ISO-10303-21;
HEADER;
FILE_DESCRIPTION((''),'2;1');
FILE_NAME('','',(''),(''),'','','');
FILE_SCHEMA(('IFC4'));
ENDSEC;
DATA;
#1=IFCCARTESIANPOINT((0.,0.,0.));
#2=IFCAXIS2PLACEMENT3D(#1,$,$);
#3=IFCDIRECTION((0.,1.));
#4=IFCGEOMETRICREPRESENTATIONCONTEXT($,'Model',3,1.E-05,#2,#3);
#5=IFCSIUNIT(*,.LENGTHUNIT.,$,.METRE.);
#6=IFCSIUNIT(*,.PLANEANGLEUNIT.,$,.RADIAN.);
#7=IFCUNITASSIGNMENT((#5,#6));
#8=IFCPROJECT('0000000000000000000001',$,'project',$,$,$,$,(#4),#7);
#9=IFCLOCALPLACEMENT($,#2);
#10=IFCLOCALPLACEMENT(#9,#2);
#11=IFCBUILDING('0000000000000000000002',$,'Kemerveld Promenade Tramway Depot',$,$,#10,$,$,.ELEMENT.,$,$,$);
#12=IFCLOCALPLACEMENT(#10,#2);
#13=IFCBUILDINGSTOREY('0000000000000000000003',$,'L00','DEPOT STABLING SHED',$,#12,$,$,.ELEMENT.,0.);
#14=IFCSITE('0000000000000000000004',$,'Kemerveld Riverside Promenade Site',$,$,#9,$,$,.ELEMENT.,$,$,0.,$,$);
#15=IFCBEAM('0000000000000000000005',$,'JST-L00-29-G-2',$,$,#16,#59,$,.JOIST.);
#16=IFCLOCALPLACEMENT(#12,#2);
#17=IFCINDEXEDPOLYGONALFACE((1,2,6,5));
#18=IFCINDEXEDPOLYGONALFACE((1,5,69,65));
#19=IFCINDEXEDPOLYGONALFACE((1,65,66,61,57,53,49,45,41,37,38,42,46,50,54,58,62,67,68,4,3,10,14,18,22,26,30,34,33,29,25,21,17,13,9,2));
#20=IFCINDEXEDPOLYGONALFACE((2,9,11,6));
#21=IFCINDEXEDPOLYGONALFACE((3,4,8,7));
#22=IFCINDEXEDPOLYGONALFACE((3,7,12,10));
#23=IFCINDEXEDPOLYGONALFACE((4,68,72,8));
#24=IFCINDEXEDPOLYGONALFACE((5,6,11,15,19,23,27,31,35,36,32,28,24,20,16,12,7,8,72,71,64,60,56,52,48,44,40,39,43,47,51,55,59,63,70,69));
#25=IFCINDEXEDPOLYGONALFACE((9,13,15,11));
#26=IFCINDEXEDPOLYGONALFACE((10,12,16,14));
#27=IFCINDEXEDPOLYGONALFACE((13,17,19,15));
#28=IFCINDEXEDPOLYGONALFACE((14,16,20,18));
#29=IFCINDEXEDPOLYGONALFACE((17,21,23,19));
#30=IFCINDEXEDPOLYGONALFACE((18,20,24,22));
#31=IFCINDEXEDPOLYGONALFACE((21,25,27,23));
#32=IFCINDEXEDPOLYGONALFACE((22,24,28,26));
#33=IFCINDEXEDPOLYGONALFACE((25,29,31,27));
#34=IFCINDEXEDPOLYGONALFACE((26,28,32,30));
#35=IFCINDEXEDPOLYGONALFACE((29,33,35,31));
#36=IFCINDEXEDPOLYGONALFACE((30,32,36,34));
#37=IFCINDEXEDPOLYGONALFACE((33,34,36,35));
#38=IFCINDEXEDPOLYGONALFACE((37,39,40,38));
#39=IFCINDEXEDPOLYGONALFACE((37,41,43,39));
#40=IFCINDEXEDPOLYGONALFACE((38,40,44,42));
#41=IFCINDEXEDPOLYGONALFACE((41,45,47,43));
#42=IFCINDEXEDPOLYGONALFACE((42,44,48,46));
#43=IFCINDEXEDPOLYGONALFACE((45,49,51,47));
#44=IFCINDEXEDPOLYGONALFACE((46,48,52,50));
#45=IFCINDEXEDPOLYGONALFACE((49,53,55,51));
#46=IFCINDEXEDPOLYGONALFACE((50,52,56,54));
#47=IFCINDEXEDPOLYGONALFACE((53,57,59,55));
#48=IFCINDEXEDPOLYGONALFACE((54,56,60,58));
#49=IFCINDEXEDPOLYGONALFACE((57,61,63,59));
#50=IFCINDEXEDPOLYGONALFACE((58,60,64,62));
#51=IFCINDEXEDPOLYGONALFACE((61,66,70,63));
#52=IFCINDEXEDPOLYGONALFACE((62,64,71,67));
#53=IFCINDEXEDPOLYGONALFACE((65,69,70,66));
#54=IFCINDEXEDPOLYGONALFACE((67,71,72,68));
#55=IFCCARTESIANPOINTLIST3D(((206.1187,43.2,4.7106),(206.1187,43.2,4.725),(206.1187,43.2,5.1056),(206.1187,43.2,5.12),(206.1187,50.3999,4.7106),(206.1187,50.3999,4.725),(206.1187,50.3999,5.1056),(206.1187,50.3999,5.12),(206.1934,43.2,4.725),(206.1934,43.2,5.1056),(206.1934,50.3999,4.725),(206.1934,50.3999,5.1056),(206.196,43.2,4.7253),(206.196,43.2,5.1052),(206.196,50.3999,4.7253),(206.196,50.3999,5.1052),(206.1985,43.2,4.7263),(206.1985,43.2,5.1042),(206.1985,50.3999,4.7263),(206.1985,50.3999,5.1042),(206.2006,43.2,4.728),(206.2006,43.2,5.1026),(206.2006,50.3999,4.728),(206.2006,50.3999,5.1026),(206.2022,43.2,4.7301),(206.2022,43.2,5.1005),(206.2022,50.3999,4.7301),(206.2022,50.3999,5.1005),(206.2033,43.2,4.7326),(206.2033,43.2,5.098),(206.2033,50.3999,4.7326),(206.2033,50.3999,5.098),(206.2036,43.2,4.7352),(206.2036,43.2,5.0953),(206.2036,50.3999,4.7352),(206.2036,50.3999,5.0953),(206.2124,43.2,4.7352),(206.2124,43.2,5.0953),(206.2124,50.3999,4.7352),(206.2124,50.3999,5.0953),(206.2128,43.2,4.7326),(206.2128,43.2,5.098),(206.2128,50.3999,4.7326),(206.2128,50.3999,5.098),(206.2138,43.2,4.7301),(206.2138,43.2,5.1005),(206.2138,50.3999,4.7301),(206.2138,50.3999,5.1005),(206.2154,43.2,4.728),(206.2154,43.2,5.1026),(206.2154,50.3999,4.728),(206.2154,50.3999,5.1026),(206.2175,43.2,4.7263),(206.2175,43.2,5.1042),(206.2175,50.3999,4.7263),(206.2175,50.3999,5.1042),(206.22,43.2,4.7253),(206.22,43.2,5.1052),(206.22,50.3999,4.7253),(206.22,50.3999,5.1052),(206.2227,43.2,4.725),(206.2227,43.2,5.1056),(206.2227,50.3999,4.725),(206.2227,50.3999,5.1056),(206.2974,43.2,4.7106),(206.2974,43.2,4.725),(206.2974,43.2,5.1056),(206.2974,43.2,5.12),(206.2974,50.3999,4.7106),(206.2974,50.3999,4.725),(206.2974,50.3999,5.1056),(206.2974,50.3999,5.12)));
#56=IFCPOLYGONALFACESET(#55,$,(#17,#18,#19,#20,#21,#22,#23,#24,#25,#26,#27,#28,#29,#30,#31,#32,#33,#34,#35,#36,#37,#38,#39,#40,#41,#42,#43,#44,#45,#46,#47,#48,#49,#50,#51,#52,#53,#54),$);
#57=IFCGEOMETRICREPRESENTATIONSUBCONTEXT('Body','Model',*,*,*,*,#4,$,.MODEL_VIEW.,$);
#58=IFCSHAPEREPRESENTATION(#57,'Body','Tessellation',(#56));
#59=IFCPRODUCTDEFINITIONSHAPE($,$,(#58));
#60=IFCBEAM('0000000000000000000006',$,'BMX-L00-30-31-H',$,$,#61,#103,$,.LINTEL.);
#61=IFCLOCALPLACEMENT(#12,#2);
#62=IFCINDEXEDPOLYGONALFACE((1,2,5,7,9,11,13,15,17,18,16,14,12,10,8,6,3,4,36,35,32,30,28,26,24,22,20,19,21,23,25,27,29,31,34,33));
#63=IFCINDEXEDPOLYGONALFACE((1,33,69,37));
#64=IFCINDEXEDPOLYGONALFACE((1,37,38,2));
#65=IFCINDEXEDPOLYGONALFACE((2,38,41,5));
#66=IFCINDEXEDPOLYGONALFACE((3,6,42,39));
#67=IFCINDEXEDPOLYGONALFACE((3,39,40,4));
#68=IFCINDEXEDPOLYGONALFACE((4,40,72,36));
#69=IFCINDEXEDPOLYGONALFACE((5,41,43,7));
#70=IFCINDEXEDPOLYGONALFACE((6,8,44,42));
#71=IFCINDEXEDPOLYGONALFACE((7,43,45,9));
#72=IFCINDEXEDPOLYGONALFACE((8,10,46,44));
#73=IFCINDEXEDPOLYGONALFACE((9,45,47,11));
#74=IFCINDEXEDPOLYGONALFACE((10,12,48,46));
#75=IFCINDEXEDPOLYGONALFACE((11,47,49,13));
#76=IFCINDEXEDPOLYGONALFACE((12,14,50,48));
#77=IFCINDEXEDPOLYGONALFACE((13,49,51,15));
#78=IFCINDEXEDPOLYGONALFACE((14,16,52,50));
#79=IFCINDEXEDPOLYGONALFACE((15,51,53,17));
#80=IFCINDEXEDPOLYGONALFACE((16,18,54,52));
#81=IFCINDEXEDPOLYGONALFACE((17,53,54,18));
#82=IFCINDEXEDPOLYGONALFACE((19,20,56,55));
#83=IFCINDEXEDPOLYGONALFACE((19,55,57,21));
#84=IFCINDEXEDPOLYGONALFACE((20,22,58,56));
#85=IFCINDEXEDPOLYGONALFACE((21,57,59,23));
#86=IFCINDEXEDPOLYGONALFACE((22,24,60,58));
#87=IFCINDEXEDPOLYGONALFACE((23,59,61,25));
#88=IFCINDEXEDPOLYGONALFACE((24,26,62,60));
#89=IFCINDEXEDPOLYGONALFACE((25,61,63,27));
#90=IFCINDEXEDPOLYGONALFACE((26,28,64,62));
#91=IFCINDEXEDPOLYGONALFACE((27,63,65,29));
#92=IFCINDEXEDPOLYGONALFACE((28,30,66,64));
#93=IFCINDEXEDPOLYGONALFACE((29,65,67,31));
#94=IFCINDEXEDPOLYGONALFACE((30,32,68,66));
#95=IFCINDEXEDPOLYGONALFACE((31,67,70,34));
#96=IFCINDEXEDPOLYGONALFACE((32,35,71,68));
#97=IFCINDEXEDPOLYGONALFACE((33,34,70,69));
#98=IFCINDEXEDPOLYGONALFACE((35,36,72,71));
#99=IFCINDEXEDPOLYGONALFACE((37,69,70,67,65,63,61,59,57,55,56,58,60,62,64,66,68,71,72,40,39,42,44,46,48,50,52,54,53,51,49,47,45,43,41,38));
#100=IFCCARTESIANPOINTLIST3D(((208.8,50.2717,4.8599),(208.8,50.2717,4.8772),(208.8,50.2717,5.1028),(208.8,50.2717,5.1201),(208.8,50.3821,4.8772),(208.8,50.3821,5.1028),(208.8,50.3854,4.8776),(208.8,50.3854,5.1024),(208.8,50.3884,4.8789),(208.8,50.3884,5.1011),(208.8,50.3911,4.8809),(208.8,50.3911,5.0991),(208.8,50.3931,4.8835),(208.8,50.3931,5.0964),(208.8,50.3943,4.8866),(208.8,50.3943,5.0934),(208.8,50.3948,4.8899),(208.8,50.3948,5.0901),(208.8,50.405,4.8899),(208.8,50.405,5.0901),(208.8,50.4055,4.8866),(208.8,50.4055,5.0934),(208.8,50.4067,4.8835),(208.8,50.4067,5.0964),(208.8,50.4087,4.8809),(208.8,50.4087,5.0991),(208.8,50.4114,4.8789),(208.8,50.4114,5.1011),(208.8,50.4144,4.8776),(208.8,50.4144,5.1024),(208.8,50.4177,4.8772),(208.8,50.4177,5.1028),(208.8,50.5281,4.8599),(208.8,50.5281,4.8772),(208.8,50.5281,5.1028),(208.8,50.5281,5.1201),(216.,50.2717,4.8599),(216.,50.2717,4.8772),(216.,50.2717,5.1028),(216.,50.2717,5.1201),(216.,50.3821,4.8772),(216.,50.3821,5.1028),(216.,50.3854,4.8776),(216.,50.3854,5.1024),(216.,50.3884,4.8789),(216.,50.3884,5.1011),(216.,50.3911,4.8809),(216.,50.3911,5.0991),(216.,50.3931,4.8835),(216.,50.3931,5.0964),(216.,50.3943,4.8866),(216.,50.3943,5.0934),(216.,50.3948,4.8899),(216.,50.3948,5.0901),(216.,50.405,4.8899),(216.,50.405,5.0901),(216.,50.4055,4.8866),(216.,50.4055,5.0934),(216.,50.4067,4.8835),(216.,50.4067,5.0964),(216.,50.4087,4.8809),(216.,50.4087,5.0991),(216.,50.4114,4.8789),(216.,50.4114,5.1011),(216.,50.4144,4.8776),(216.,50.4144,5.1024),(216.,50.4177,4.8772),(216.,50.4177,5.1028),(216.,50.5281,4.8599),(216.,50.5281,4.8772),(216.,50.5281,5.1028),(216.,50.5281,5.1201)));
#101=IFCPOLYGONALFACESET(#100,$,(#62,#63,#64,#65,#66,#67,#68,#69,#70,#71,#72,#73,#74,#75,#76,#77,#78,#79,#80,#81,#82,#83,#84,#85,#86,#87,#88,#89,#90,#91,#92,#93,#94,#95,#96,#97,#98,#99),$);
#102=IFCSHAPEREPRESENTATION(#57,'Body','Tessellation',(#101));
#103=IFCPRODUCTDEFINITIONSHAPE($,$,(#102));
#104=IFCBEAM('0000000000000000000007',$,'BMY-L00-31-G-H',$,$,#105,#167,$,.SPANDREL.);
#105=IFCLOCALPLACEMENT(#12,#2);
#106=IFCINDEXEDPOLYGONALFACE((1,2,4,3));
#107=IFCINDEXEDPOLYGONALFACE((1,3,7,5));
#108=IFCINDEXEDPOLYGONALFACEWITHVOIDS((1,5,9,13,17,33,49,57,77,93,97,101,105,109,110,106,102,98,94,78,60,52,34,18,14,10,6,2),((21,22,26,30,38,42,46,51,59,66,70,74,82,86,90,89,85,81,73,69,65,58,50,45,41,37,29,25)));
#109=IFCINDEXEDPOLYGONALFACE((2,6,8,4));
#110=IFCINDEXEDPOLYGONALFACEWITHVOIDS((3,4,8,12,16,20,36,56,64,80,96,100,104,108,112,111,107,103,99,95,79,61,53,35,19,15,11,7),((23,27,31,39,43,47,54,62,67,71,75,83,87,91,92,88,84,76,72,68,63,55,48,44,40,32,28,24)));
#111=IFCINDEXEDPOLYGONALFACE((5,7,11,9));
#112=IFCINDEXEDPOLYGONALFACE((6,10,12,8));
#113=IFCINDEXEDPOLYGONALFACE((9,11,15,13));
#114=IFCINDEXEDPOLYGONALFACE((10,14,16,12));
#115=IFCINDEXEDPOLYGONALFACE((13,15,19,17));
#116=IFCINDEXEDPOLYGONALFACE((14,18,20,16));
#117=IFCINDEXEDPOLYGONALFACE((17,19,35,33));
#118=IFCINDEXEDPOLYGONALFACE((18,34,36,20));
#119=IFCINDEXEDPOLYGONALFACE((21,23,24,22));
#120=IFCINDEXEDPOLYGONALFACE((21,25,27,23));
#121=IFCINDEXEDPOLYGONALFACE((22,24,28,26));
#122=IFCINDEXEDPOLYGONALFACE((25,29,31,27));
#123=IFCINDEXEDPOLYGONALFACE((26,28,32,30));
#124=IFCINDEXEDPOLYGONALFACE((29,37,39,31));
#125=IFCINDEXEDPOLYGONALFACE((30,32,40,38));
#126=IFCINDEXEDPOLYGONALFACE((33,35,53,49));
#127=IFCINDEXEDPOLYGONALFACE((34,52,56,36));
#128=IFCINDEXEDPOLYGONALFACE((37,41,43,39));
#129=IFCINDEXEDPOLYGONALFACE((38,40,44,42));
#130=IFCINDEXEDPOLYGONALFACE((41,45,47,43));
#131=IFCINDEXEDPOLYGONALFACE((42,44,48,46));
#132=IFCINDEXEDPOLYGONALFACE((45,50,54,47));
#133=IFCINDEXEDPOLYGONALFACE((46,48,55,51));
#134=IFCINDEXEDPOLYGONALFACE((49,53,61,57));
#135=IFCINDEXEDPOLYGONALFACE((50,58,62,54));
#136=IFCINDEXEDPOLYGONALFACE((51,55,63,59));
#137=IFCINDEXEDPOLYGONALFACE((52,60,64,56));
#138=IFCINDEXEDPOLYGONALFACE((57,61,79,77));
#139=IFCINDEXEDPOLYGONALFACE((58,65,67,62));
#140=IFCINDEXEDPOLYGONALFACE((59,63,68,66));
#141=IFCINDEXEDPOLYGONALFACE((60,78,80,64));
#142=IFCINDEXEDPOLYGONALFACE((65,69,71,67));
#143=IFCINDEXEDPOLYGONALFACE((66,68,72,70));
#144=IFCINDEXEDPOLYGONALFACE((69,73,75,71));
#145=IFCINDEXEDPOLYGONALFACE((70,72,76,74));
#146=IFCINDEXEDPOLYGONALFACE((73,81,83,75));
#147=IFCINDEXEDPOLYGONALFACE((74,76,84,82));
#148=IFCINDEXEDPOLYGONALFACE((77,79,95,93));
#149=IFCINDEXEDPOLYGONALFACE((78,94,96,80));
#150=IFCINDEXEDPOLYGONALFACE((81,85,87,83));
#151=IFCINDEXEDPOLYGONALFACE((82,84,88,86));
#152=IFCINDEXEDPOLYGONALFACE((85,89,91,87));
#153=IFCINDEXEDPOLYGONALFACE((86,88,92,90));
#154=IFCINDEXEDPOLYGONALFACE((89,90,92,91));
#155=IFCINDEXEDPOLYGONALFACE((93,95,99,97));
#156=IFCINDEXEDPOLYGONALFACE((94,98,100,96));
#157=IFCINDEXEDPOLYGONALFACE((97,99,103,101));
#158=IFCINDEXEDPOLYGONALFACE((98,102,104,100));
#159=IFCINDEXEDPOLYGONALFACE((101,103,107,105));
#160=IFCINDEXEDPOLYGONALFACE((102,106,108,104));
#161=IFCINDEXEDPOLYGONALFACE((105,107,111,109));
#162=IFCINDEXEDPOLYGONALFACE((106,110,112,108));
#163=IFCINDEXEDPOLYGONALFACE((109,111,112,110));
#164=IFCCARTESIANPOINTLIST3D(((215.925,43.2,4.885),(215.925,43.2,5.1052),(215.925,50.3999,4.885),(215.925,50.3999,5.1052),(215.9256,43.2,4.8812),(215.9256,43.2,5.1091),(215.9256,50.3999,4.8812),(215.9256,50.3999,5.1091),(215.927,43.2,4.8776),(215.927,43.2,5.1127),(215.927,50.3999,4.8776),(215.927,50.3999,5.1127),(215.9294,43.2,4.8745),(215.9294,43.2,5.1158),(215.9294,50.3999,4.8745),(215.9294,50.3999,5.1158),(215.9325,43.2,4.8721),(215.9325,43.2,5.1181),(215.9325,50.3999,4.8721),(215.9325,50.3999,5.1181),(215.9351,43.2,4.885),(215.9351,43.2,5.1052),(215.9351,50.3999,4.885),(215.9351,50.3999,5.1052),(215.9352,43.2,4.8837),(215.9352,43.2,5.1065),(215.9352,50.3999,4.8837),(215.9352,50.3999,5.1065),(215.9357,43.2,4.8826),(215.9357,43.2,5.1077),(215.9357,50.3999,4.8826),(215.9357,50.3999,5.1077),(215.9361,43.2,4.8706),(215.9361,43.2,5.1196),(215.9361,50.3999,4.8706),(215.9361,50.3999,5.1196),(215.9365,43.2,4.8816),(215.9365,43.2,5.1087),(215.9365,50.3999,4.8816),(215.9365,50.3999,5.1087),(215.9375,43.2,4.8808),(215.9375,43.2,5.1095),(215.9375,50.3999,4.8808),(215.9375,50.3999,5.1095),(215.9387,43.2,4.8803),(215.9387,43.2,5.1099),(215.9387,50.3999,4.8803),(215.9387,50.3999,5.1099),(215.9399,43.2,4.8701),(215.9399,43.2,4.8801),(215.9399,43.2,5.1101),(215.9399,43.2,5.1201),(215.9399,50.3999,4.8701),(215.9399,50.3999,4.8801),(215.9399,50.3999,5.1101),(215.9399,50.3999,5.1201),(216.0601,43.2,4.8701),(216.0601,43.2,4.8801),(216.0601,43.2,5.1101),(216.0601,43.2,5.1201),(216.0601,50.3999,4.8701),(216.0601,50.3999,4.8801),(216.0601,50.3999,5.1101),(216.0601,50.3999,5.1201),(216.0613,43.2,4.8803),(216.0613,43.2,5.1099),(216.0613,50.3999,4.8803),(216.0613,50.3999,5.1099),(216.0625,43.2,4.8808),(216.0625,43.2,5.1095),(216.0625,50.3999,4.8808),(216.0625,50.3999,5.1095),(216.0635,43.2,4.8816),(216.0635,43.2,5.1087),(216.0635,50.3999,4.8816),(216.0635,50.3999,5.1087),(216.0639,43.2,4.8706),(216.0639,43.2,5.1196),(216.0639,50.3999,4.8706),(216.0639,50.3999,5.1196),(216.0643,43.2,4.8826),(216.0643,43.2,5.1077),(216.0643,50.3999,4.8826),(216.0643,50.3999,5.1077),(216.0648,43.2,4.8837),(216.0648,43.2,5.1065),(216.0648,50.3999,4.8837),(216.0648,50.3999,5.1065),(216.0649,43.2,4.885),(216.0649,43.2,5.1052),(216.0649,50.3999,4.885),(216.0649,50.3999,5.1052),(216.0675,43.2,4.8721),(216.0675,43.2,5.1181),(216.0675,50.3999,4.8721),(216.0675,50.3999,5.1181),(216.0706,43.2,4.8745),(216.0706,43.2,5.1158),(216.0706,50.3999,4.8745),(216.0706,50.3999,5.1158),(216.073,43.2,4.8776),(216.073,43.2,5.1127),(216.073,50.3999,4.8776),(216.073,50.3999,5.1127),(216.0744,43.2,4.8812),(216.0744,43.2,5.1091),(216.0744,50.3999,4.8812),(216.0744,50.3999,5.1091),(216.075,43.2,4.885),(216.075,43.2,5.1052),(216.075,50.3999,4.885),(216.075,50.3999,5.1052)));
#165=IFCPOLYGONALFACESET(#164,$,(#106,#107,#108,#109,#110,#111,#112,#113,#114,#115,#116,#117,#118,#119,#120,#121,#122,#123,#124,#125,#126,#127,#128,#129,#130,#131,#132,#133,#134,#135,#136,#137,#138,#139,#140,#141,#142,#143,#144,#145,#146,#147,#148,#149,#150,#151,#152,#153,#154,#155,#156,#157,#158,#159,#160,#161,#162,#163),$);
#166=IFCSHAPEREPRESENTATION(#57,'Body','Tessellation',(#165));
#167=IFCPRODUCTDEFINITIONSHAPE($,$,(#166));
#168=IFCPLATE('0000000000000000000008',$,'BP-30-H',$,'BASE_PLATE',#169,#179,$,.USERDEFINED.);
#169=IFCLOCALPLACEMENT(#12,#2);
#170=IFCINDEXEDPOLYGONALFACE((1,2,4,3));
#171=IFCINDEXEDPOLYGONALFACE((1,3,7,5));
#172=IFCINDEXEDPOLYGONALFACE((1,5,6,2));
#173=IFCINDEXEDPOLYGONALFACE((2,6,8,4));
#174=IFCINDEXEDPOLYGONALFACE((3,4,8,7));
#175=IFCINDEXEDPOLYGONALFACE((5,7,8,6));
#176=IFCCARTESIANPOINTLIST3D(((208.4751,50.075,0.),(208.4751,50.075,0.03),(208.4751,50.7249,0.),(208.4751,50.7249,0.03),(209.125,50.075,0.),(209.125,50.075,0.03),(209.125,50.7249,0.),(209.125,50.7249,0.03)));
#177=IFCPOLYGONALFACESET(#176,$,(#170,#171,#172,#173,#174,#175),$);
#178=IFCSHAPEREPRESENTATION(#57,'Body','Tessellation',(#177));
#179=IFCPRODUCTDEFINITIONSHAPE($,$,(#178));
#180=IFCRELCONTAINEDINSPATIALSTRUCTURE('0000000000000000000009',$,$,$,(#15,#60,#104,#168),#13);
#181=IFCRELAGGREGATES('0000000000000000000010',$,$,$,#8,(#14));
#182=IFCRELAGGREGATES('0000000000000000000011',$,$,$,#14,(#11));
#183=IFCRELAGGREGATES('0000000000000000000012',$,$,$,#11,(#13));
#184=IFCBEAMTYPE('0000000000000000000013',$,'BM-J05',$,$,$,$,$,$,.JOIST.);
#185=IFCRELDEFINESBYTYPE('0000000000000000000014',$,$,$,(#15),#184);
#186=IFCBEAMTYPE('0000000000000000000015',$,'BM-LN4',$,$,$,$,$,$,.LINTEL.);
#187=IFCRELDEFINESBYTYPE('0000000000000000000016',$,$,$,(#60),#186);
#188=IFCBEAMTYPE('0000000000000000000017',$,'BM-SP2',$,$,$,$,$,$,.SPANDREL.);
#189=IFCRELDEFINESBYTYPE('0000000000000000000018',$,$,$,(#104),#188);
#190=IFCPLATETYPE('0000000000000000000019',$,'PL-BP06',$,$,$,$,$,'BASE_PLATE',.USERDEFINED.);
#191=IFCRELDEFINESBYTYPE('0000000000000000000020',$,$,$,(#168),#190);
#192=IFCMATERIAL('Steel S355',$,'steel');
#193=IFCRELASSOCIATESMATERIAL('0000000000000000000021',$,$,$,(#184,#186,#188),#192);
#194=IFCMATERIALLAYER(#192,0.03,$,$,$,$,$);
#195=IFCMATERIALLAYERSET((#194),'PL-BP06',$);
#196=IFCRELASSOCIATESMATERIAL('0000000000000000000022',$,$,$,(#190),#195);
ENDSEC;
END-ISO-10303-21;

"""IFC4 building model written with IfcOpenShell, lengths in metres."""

from ifc_helpers import new_model, si_unit, direction, frame, origin, origin_2d, place, context, subcontext, project, spatial, rectangle, hollow_rectangle, i_section, extrude, material, layer, layer_set, material_profile, profile_set, type_object, element, save


model = new_model("IFC4")

# Units and contexts
model_context = context("Model", 3, precision=1e-05, world=origin(), true_north=direction((0.0, 1.0)))
body_context = subcontext(model_context, "Body", "Model", "MODEL_VIEW")
ifc_project = project(units=[si_unit("LENGTHUNIT", "METRE"), si_unit("PLANEANGLEUNIT", "RADIAN")], contexts=[model_context])

# Site, building, storey
site_placement = place(None, origin())
site = spatial("IfcSite", under=ifc_project, at=site_placement, Name="Kemerveld Riverside Promenade Site", CompositionType="ELEMENT", RefElevation=0.0)
building_placement = place(site_placement, origin())
building = spatial("IfcBuilding", under=site, at=building_placement, Name="Kemerveld Promenade Tramway Depot", CompositionType="ELEMENT")
storey_placement = place(building_placement, origin())
storey = spatial("IfcBuildingStorey", under=building, at=storey_placement, Name="L00", Description="DEPOT STABLING SHED", CompositionType="ELEMENT", Elevation=0.0)

# Shared definitions
ifc_material_1 = material(Name="Steel S355", Category="steel")

# Beams
ifc_material_profile_1 = material_profile(ifc_material_1, i_section(OverallWidth=0.1787, OverallDepth=0.4094, WebThickness=0.0088, FlangeThickness=0.0144, FilletRadius=0.0103, at=origin_2d()), Name="406x178x67 UB")
ifc_profile_set_1 = profile_set([ifc_material_profile_1], Name="Steel S355")
beam_type_1 = type_object("IfcBeamType", Name="BM-J05", PredefinedType="JOIST", material=ifc_profile_set_1)
beam_1_placement = place(storey_placement, frame((206.208, 43.2, 4.9153), z_axis=(0.0, 1.0, 0.0), x_axis=(-1.0, 0.0, 0.0)))
element("IfcBeam", 1, at=beam_1_placement, inside=storey, type_object=beam_type_1, Name="JST-L00-29-G-2", PredefinedType="JOIST", context=body_context, shape_type="SweptSolid", body=[
    extrude(i_section(OverallWidth=0.1787, OverallDepth=0.4094, WebThickness=0.0088, FlangeThickness=0.0144, FilletRadius=0.0103, at=origin_2d()), origin(), (0.0, 0.0, 1.0), 7.2),
])
ifc_material_profile_2 = material_profile(ifc_material_1, i_section(OverallWidth=0.2563, OverallDepth=0.2603, WebThickness=0.0103, FlangeThickness=0.0173, FilletRadius=0.0127, at=origin_2d()), Name="254x254x89 UC")
ifc_profile_set_2 = profile_set([ifc_material_profile_2], Name="Steel S355")
beam_type_2 = type_object("IfcBeamType", Name="BM-LN4", PredefinedType="LINTEL", material=ifc_profile_set_2)
beam_2_placement = place(storey_placement, frame((208.8, 50.3999, 4.99), z_axis=(1.0, 0.0, 0.0), x_axis=(0.0, 1.0, 0.0)))
element("IfcBeam", 2, at=beam_2_placement, inside=storey, type_object=beam_type_2, Name="BMX-L00-30-31-H", PredefinedType="LINTEL", context=body_context, shape_type="SweptSolid", body=[
    extrude(i_section(OverallWidth=0.2563, OverallDepth=0.2603, WebThickness=0.0103, FlangeThickness=0.0173, FilletRadius=0.0127, at=origin_2d()), origin(), (0.0, 0.0, 1.0), 7.2),
])
ifc_material_profile_3 = material_profile(ifc_material_1, hollow_rectangle(XDim=0.1499, YDim=0.25, WallThickness=0.01, InnerFilletRadius=0.0049, OuterFilletRadius=0.0149, at=origin_2d()), Name="250x150x10.0 RHS")
ifc_profile_set_3 = profile_set([ifc_material_profile_3], Name="Steel S355")
beam_type_3 = type_object("IfcBeamType", Name="BM-SP2", PredefinedType="SPANDREL", material=ifc_profile_set_3)
beam_3_placement = place(storey_placement, frame((216.0, 43.2, 4.9951), z_axis=(0.0, 1.0, 0.0), x_axis=(-1.0, 0.0, 0.0)))
element("IfcBeam", 3, at=beam_3_placement, inside=storey, type_object=beam_type_3, Name="BMY-L00-31-G-H", PredefinedType="SPANDREL", context=body_context, shape_type="SweptSolid", body=[
    extrude(hollow_rectangle(XDim=0.1499, YDim=0.25, WallThickness=0.01, InnerFilletRadius=0.0049, OuterFilletRadius=0.0149, at=origin_2d()), origin(), (0.0, 0.0, 1.0), 7.2),
])

# Plate
ifc_layer_1 = layer(ifc_material_1, 0.03)
ifc_layer_set_1 = layer_set([ifc_layer_1], Name="PL-BP06")
plate_type_1 = type_object("IfcPlateType", Name="PL-BP06", ElementType="BASE_PLATE", PredefinedType="USERDEFINED", material=ifc_layer_set_1)
plate_1_placement = place(storey_placement, frame((208.8, 50.3999, 0.0), z_axis=(0.0, 0.0, 1.0), x_axis=(1.0, 0.0, 0.0)))
element("IfcPlate", 4, at=plate_1_placement, inside=storey, type_object=plate_type_1, Name="BP-30-H", ObjectType="BASE_PLATE", PredefinedType="USERDEFINED", context=body_context, shape_type="SweptSolid", body=[
    extrude(rectangle(XDim=0.6499, YDim=0.6499, at=origin_2d()), origin(), (0.0, 0.0, 1.0), 0.03),
])

save(model, "model.ifc")
